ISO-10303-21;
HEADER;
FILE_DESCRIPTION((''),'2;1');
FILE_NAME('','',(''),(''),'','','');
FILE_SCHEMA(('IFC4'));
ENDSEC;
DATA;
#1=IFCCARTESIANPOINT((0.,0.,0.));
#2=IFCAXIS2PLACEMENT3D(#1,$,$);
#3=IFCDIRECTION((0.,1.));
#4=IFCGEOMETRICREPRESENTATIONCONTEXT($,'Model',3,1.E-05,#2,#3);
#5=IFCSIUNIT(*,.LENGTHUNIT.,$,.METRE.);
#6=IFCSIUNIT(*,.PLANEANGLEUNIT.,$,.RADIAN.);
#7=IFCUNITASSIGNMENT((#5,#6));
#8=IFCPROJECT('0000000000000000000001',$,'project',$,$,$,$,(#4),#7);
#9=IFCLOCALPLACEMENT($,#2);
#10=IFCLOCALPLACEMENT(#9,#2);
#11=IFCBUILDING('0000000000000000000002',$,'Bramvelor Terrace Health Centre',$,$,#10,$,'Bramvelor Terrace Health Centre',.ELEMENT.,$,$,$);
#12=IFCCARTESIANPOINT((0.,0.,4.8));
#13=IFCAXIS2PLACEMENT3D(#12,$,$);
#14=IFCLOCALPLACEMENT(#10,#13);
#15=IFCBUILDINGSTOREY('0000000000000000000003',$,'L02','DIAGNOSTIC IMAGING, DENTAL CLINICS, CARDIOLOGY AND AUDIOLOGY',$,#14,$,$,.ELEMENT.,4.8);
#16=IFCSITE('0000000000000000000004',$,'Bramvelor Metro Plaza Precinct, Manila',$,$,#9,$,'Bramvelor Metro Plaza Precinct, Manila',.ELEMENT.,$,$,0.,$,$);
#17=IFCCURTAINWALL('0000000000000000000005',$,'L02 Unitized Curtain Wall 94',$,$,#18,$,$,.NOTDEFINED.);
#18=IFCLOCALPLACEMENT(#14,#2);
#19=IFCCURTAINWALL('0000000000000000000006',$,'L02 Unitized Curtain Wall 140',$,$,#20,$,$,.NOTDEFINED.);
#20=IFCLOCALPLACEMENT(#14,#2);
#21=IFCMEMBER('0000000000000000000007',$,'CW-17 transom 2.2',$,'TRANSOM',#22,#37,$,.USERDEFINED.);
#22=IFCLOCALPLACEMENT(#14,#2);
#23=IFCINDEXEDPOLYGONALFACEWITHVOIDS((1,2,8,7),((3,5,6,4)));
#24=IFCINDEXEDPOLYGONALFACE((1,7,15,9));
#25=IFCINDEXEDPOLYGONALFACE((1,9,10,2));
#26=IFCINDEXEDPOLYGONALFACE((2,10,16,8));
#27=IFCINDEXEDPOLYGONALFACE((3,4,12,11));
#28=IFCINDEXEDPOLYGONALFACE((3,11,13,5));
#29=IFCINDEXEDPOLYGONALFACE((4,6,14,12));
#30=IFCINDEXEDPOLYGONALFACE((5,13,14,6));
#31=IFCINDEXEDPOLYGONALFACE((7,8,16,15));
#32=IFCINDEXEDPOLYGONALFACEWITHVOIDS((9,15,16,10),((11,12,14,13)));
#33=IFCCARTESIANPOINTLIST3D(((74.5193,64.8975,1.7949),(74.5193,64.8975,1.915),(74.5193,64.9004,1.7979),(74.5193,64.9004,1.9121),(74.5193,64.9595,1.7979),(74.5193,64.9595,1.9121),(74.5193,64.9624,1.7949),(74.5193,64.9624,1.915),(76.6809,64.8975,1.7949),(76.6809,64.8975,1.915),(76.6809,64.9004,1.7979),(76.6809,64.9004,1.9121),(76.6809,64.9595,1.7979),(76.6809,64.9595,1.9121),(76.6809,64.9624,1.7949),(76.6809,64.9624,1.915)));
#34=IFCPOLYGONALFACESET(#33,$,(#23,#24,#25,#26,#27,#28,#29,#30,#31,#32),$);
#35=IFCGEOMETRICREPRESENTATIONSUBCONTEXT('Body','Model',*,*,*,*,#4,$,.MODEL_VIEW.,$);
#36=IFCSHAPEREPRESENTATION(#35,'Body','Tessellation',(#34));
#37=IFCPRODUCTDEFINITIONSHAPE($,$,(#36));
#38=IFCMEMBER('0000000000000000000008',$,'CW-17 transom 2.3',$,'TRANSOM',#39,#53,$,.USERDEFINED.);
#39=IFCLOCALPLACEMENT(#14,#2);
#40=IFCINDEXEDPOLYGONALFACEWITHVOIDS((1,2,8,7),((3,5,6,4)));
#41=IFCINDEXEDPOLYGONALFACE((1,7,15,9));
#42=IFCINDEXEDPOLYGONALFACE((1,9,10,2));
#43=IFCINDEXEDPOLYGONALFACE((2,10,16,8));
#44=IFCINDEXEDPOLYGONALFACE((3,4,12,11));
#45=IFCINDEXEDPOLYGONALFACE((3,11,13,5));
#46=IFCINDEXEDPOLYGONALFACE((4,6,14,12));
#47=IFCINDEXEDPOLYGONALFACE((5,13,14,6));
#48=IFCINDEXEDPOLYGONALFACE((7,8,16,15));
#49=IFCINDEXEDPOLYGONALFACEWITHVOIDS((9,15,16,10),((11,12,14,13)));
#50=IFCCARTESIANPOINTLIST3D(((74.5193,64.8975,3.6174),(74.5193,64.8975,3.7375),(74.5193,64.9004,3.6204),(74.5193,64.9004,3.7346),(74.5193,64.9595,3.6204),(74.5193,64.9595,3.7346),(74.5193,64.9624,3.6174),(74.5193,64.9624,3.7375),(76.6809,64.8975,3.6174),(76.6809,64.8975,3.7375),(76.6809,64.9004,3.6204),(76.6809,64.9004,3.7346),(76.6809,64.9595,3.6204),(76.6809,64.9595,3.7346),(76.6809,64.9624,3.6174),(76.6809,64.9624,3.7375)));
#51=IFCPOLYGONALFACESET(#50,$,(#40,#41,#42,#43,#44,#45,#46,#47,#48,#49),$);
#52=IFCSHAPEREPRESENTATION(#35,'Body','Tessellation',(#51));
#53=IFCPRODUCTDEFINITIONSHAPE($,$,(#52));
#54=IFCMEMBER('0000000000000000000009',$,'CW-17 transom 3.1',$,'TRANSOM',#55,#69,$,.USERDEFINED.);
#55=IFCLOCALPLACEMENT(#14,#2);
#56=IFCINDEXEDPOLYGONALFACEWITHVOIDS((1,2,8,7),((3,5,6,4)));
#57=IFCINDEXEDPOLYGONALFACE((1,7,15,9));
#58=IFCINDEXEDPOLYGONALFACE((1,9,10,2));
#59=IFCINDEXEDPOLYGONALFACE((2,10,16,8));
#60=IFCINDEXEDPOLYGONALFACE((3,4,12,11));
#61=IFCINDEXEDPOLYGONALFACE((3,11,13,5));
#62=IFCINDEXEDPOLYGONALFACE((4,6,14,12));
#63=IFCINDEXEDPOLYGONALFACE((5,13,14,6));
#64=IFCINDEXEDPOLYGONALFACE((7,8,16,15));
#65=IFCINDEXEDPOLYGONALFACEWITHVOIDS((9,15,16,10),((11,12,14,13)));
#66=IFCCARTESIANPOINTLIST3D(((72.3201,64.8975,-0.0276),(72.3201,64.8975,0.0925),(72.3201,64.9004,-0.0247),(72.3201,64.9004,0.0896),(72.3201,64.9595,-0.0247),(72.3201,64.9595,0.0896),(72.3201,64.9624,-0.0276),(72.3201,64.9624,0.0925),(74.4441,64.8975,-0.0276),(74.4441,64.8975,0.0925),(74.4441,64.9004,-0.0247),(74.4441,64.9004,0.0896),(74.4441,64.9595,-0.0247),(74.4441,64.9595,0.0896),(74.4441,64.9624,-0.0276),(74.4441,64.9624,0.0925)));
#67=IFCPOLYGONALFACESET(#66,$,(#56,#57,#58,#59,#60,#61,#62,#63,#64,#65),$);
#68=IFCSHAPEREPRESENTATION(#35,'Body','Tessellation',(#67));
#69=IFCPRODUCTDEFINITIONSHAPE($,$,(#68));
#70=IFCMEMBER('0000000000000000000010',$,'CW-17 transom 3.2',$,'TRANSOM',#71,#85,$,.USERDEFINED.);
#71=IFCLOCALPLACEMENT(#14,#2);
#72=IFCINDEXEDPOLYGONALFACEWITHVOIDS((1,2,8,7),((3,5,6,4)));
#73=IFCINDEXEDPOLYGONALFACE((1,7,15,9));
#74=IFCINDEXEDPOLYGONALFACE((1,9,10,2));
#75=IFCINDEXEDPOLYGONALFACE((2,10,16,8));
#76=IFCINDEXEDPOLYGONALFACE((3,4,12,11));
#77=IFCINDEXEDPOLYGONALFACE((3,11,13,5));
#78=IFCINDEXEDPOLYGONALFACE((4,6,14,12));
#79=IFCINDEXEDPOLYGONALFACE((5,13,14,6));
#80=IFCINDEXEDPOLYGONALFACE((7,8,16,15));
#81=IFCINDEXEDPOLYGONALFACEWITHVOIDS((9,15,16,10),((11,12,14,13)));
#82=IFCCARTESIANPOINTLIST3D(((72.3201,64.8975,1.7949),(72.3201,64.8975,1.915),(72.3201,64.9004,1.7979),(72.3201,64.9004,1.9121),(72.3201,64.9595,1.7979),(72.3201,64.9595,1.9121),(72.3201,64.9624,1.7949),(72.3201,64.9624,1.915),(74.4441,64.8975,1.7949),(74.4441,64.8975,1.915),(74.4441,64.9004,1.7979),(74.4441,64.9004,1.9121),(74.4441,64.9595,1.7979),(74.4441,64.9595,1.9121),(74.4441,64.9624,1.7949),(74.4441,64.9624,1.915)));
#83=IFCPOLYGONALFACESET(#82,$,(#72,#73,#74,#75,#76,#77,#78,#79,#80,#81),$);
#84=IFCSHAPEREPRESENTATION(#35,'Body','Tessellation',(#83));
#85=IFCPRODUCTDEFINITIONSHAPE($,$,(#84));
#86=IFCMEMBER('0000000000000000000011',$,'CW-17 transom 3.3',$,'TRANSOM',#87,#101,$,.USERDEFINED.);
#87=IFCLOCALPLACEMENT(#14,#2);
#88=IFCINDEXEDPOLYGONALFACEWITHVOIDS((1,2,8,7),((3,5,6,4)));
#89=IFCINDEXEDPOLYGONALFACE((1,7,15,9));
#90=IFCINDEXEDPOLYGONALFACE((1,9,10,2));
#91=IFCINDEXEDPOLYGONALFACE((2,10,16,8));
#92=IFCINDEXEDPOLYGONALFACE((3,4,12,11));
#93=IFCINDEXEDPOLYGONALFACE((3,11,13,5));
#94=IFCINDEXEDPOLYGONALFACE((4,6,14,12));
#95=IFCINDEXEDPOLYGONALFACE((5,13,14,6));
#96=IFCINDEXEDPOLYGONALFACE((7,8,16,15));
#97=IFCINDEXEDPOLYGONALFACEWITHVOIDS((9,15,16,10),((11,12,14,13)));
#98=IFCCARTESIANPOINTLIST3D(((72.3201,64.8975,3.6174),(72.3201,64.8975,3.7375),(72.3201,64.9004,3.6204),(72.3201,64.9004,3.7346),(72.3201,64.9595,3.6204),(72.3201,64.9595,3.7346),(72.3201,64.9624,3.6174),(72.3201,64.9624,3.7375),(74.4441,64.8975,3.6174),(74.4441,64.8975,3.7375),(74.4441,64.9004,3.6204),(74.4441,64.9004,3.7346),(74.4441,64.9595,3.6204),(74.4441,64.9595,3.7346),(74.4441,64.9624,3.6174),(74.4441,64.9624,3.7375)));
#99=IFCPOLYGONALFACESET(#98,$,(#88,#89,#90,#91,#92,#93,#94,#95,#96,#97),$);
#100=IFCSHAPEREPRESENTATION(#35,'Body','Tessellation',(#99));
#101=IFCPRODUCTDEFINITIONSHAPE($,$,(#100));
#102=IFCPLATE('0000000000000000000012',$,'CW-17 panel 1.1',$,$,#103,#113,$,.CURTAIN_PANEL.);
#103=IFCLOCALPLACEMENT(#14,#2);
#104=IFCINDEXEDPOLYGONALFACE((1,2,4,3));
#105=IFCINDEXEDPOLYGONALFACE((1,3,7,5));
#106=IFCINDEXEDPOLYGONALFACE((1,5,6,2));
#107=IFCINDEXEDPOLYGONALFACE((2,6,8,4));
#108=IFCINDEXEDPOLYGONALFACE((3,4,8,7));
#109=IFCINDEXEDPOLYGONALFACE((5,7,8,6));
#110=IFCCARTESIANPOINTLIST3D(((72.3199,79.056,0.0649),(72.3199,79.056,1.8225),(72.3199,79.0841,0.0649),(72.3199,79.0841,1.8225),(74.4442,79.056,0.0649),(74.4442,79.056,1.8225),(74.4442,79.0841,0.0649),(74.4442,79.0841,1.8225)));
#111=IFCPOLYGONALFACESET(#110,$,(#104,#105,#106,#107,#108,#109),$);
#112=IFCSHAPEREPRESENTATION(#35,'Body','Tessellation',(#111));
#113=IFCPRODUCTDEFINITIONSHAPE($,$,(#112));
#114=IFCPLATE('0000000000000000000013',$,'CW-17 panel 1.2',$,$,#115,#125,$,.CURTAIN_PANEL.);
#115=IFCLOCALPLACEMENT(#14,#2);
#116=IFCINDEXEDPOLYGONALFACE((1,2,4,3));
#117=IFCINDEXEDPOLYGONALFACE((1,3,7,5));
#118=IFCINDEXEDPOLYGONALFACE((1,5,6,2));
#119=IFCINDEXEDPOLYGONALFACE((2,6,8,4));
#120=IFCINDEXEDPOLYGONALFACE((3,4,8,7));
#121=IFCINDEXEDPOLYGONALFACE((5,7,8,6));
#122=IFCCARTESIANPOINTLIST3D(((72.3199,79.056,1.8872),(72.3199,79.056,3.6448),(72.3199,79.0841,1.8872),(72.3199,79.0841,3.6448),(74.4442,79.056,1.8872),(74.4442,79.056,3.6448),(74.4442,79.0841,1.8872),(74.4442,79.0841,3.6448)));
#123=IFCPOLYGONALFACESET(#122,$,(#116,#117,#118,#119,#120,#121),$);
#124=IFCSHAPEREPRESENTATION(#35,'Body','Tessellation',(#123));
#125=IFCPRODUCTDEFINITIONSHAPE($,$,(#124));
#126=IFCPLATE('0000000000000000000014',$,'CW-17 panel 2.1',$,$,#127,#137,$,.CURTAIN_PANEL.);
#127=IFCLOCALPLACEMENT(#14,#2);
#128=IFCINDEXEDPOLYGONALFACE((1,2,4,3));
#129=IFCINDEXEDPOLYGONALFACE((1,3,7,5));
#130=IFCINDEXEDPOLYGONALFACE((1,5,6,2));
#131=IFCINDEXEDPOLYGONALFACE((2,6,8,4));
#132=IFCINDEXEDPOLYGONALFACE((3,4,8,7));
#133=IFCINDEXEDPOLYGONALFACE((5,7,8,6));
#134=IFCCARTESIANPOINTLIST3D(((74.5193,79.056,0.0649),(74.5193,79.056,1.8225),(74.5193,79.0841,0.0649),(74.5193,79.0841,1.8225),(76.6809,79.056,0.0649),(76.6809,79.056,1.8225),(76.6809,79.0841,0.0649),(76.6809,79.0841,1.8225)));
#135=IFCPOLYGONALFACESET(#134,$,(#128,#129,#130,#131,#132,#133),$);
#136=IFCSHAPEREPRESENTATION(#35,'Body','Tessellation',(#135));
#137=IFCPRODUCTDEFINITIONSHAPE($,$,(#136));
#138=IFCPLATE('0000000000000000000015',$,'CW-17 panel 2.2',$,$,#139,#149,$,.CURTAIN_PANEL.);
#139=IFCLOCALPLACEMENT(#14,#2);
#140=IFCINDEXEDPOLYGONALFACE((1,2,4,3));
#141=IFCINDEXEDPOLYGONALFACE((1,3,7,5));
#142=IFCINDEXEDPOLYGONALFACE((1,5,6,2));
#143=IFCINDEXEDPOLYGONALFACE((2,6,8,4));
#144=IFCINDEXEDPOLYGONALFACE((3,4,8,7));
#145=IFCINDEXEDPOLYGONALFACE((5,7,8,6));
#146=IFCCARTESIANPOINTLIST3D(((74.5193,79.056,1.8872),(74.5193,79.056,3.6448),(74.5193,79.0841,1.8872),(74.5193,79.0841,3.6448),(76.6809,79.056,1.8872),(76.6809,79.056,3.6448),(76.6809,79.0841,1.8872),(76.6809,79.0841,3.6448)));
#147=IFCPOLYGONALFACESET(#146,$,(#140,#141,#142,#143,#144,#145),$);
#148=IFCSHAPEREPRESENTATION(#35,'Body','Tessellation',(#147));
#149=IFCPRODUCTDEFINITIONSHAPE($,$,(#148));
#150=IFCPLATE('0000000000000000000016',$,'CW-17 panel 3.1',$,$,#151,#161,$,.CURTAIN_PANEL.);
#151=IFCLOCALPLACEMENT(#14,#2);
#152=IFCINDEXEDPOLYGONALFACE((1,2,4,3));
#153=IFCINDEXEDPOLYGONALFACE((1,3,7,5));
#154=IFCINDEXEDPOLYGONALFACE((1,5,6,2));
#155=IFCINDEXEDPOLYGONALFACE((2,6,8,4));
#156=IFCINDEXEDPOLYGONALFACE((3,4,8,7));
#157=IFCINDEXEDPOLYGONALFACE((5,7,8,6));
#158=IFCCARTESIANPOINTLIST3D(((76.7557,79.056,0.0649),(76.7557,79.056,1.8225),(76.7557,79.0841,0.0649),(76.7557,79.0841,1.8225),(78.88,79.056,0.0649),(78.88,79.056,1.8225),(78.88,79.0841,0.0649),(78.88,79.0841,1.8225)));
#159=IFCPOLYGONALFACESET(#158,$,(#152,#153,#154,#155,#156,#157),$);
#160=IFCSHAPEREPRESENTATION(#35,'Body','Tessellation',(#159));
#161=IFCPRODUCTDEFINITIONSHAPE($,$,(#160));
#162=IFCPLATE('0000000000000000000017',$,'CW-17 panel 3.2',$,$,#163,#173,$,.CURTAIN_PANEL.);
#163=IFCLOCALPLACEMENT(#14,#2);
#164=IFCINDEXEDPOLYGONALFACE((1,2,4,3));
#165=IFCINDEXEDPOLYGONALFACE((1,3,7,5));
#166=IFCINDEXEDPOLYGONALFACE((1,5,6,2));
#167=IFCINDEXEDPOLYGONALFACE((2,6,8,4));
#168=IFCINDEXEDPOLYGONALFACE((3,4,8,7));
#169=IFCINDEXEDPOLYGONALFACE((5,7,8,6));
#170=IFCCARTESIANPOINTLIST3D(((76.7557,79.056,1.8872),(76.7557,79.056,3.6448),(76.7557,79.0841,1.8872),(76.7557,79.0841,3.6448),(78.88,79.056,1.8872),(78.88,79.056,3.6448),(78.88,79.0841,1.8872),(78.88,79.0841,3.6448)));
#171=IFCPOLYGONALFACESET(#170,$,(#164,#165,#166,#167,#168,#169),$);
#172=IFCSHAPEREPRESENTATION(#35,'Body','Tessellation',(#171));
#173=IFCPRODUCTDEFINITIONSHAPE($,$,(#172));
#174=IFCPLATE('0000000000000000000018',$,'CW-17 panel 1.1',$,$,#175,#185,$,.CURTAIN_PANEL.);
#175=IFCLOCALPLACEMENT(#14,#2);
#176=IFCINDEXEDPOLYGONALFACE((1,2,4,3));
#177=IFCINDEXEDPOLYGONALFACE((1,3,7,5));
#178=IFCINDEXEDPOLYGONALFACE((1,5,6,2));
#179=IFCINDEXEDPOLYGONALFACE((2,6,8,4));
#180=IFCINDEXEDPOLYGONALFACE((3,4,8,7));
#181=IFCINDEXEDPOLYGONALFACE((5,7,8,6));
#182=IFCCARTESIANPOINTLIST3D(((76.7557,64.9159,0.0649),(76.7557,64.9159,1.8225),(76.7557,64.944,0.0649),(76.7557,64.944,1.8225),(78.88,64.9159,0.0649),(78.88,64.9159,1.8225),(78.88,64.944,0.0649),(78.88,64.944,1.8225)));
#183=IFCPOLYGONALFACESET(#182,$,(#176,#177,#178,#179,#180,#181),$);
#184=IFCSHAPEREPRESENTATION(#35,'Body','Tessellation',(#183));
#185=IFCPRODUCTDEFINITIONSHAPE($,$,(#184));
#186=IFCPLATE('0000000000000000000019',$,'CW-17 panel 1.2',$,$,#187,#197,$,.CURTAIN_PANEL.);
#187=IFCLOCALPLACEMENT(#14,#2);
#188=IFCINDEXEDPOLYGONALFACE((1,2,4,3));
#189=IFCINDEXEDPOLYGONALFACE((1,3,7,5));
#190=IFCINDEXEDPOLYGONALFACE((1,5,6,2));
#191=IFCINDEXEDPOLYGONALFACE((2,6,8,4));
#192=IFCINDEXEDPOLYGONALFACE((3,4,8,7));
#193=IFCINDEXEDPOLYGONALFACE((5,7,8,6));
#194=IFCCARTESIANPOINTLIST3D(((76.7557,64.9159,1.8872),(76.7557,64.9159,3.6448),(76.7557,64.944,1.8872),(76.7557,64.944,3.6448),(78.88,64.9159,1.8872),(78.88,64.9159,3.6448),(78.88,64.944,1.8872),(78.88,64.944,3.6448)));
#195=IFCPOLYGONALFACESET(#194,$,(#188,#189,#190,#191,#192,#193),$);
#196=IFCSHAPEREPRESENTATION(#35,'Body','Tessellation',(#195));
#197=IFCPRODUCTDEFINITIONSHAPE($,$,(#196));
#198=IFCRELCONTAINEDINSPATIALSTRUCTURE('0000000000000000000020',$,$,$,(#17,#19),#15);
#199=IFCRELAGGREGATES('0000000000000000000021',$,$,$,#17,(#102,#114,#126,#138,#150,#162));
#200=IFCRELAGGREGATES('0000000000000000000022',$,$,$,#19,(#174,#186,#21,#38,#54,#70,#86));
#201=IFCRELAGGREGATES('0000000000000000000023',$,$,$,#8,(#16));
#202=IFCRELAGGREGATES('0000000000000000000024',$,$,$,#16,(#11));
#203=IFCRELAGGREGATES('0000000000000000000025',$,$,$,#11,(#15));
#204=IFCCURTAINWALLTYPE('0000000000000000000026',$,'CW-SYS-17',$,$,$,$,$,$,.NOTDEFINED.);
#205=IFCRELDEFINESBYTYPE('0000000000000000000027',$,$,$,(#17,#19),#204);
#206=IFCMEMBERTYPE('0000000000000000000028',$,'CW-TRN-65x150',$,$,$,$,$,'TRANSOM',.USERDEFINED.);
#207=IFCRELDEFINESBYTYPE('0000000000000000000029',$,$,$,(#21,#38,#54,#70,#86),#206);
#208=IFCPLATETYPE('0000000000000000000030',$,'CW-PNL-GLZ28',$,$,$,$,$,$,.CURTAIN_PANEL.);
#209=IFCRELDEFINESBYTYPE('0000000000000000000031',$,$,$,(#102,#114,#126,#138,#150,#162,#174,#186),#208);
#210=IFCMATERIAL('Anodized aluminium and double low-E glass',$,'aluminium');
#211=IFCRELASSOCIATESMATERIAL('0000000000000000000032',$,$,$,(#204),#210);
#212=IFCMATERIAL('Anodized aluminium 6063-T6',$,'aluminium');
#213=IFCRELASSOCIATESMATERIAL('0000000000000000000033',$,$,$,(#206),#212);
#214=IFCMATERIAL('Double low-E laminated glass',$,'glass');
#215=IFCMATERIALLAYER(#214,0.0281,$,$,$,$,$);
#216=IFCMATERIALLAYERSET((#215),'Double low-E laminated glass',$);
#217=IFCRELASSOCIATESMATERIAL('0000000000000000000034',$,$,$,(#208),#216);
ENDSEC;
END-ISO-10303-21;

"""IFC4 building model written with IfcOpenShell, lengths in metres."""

from ifc_helpers import new_model, si_unit, direction, frame, origin, origin_2d, place, context, subcontext, project, spatial, rectangle, hollow_rectangle, extrude, material, layer, layer_set, material_profile, profile_set, type_object, element, aggregate, save


model = new_model("IFC4")

# Units and contexts
model_context = context("Model", 3, precision=1e-05, world=origin(), true_north=direction((0.0, 1.0)))
body_context = subcontext(model_context, "Body", "Model", "MODEL_VIEW")
ifc_project = project(units=[si_unit("LENGTHUNIT", "METRE"), si_unit("PLANEANGLEUNIT", "RADIAN")], contexts=[model_context])

# Site, building, storey
site_placement = place(None, origin())
site = spatial("IfcSite", under=ifc_project, at=site_placement, Name="Bramvelor Metro Plaza Precinct, Manila", LongName="Bramvelor Metro Plaza Precinct, Manila", CompositionType="ELEMENT", RefElevation=0.0)
building_placement = place(site_placement, origin())
building = spatial("IfcBuilding", under=site, at=building_placement, Name="Bramvelor Terrace Health Centre", LongName="Bramvelor Terrace Health Centre", CompositionType="ELEMENT")
storey_placement = place(building_placement, frame((0.0, 0.0, 4.8)))
storey = spatial("IfcBuildingStorey", under=building, at=storey_placement, Name="L02", Description="DIAGNOSTIC IMAGING, DENTAL CLINICS, CARDIOLOGY AND AUDIOLOGY", CompositionType="ELEMENT", Elevation=4.8)

# Curtain walls
ifc_material_1 = material(Name="Anodized aluminium and double low-E glass", Category="aluminium")
curtain_wall_type = type_object("IfcCurtainWallType", Name="CW-SYS-17", PredefinedType="NOTDEFINED", material=ifc_material_1)
curtain_wall_1_placement = place(storey_placement, origin())
curtain_wall_1 = element("IfcCurtainWall", 1, at=curtain_wall_1_placement, inside=storey, type_object=curtain_wall_type, Name="L02 Unitized Curtain Wall 94", PredefinedType="NOTDEFINED")
curtain_wall_2_placement = place(storey_placement, origin())
curtain_wall_2 = element("IfcCurtainWall", 2, at=curtain_wall_2_placement, inside=storey, type_object=curtain_wall_type, Name="L02 Unitized Curtain Wall 140", PredefinedType="NOTDEFINED")

# Members
ifc_material_2 = material(Name="Anodized aluminium 6063-T6", Category="aluminium")
ifc_material_profile_1 = material_profile(ifc_material_2, hollow_rectangle(XDim=0.0649, YDim=0.1201, WallThickness=0.0029, at=origin_2d()), Name="ALU-TRN 65x120x3.0")
ifc_profile_set_1 = profile_set([ifc_material_profile_1], Name="Anodized aluminium 6063-T6")
member_type_1 = type_object("IfcMemberType", Name="CW-TRN-65x150", ElementType="TRANSOM", PredefinedType="USERDEFINED", material=ifc_profile_set_1)
member_1_placement = place(storey_placement, frame((76.6809, 64.9299, 1.855), z_axis=(-1.0, 0.0, 0.0), x_axis=(0.0, -1.0, 0.0)))
member_1 = element("IfcMember", 3, at=member_1_placement, type_object=member_type_1, Name="CW-17 transom 2.2", ObjectType="TRANSOM", PredefinedType="USERDEFINED", context=body_context, shape_type="SweptSolid", body=[
    extrude(hollow_rectangle(XDim=0.0649, YDim=0.1201, WallThickness=0.0029, at=origin_2d()), origin(), (0.0, 0.0, 1.0), 2.1616),
])
member_2_placement = place(storey_placement, frame((76.6809, 64.9299, 3.6775), z_axis=(-1.0, 0.0, 0.0), x_axis=(0.0, -1.0, 0.0)))
member_2 = element("IfcMember", 4, at=member_2_placement, type_object=member_type_1, Name="CW-17 transom 2.3", ObjectType="TRANSOM", PredefinedType="USERDEFINED", context=body_context, shape_type="SweptSolid", body=[
    extrude(hollow_rectangle(XDim=0.0649, YDim=0.1201, WallThickness=0.0029, at=origin_2d()), origin(), (0.0, 0.0, 1.0), 2.1616),
])
member_3_placement = place(storey_placement, frame((74.4441, 64.9299, 0.0325), z_axis=(-1.0, 0.0, 0.0), x_axis=(0.0, -1.0, 0.0)))
member_3 = element("IfcMember", 5, at=member_3_placement, type_object=member_type_1, Name="CW-17 transom 3.1", ObjectType="TRANSOM", PredefinedType="USERDEFINED", context=body_context, shape_type="SweptSolid", body=[
    extrude(hollow_rectangle(XDim=0.0649, YDim=0.1201, WallThickness=0.0029, at=origin_2d()), origin(), (0.0, 0.0, 1.0), 2.124),
])
member_4_placement = place(storey_placement, frame((74.4441, 64.9299, 1.855), z_axis=(-1.0, 0.0, 0.0), x_axis=(0.0, -1.0, 0.0)))
member_4 = element("IfcMember", 6, at=member_4_placement, type_object=member_type_1, Name="CW-17 transom 3.2", ObjectType="TRANSOM", PredefinedType="USERDEFINED", context=body_context, shape_type="SweptSolid", body=[
    extrude(hollow_rectangle(XDim=0.0649, YDim=0.1201, WallThickness=0.0029, at=origin_2d()), origin(), (0.0, 0.0, 1.0), 2.124),
])
member_5_placement = place(storey_placement, frame((74.4441, 64.9299, 3.6775), z_axis=(-1.0, 0.0, 0.0), x_axis=(0.0, -1.0, 0.0)))
member_5 = element("IfcMember", 7, at=member_5_placement, type_object=member_type_1, Name="CW-17 transom 3.3", ObjectType="TRANSOM", PredefinedType="USERDEFINED", context=body_context, shape_type="SweptSolid", body=[
    extrude(hollow_rectangle(XDim=0.0649, YDim=0.1201, WallThickness=0.0029, at=origin_2d()), origin(), (0.0, 0.0, 1.0), 2.124),
])

# Plates
ifc_material_3 = material(Name="Double low-E laminated glass", Category="glass")
ifc_layer = layer(ifc_material_3, 0.0281)
ifc_layer_set = layer_set([ifc_layer], Name="Double low-E laminated glass")
plate_type = type_object("IfcPlateType", Name="CW-PNL-GLZ28", PredefinedType="CURTAIN_PANEL", material=ifc_layer_set)
plate_1_placement = place(storey_placement, frame((73.3821, 79.0701, 0.0649), z_axis=(0.0, 0.0, 1.0), x_axis=(1.0, 0.0, 0.0)))
plate_1 = element("IfcPlate", 8, at=plate_1_placement, type_object=plate_type, Name="CW-17 panel 1.1", PredefinedType="CURTAIN_PANEL", context=body_context, shape_type="SweptSolid", body=[
    extrude(rectangle(XDim=2.1243, YDim=0.0281, at=origin_2d()), origin(), (0.0, 0.0, 1.0), 1.7576),
])
plate_2_placement = place(storey_placement, frame((73.3821, 79.0701, 1.8872), z_axis=(0.0, 0.0, 1.0), x_axis=(1.0, 0.0, 0.0)))
plate_2 = element("IfcPlate", 9, at=plate_2_placement, type_object=plate_type, Name="CW-17 panel 1.2", PredefinedType="CURTAIN_PANEL", context=body_context, shape_type="SweptSolid", body=[
    extrude(rectangle(XDim=2.1243, YDim=0.0281, at=origin_2d()), origin(), (0.0, 0.0, 1.0), 1.7576),
])
plate_3_placement = place(storey_placement, frame((75.6001, 79.0701, 0.0649), z_axis=(0.0, 0.0, 1.0), x_axis=(1.0, 0.0, 0.0)))
plate_3 = element("IfcPlate", 10, at=plate_3_placement, type_object=plate_type, Name="CW-17 panel 2.1", PredefinedType="CURTAIN_PANEL", context=body_context, shape_type="SweptSolid", body=[
    extrude(rectangle(XDim=2.1616, YDim=0.0281, at=origin_2d()), origin(), (0.0, 0.0, 1.0), 1.7576),
])
plate_4_placement = place(storey_placement, frame((75.6001, 79.0701, 1.8872), z_axis=(0.0, 0.0, 1.0), x_axis=(1.0, 0.0, 0.0)))
plate_4 = element("IfcPlate", 11, at=plate_4_placement, type_object=plate_type, Name="CW-17 panel 2.2", PredefinedType="CURTAIN_PANEL", context=body_context, shape_type="SweptSolid", body=[
    extrude(rectangle(XDim=2.1616, YDim=0.0281, at=origin_2d()), origin(), (0.0, 0.0, 1.0), 1.7576),
])
plate_5_placement = place(storey_placement, frame((77.8179, 79.0701, 0.0649), z_axis=(0.0, 0.0, 1.0), x_axis=(1.0, 0.0, 0.0)))
plate_5 = element("IfcPlate", 12, at=plate_5_placement, type_object=plate_type, Name="CW-17 panel 3.1", PredefinedType="CURTAIN_PANEL", context=body_context, shape_type="SweptSolid", body=[
    extrude(rectangle(XDim=2.1243, YDim=0.0281, at=origin_2d()), origin(), (0.0, 0.0, 1.0), 1.7576),
])
plate_6_placement = place(storey_placement, frame((77.8179, 79.0701, 1.8872), z_axis=(0.0, 0.0, 1.0), x_axis=(1.0, 0.0, 0.0)))
plate_6 = element("IfcPlate", 13, at=plate_6_placement, type_object=plate_type, Name="CW-17 panel 3.2", PredefinedType="CURTAIN_PANEL", context=body_context, shape_type="SweptSolid", body=[
    extrude(rectangle(XDim=2.1243, YDim=0.0281, at=origin_2d()), origin(), (0.0, 0.0, 1.0), 1.7576),
])
aggregate(curtain_wall_1, [plate_1, plate_2, plate_3, plate_4, plate_5, plate_6])
plate_7_placement = place(storey_placement, frame((77.8179, 64.9299, 0.0649), z_axis=(0.0, 0.0, 1.0), x_axis=(-1.0, 0.0, 0.0)))
plate_7 = element("IfcPlate", 14, at=plate_7_placement, type_object=plate_type, Name="CW-17 panel 1.1", PredefinedType="CURTAIN_PANEL", context=body_context, shape_type="SweptSolid", body=[
    extrude(rectangle(XDim=2.1243, YDim=0.0281, at=origin_2d()), origin(), (0.0, 0.0, 1.0), 1.7576),
])
plate_8_placement = place(storey_placement, frame((77.8179, 64.9299, 1.8872), z_axis=(0.0, 0.0, 1.0), x_axis=(-1.0, 0.0, 0.0)))
plate_8 = element("IfcPlate", 15, at=plate_8_placement, type_object=plate_type, Name="CW-17 panel 1.2", PredefinedType="CURTAIN_PANEL", context=body_context, shape_type="SweptSolid", body=[
    extrude(rectangle(XDim=2.1243, YDim=0.0281, at=origin_2d()), origin(), (0.0, 0.0, 1.0), 1.7576),
])
aggregate(curtain_wall_2, [plate_7, plate_8, member_1, member_2, member_3, member_4, member_5])

save(model, "model.ifc")
